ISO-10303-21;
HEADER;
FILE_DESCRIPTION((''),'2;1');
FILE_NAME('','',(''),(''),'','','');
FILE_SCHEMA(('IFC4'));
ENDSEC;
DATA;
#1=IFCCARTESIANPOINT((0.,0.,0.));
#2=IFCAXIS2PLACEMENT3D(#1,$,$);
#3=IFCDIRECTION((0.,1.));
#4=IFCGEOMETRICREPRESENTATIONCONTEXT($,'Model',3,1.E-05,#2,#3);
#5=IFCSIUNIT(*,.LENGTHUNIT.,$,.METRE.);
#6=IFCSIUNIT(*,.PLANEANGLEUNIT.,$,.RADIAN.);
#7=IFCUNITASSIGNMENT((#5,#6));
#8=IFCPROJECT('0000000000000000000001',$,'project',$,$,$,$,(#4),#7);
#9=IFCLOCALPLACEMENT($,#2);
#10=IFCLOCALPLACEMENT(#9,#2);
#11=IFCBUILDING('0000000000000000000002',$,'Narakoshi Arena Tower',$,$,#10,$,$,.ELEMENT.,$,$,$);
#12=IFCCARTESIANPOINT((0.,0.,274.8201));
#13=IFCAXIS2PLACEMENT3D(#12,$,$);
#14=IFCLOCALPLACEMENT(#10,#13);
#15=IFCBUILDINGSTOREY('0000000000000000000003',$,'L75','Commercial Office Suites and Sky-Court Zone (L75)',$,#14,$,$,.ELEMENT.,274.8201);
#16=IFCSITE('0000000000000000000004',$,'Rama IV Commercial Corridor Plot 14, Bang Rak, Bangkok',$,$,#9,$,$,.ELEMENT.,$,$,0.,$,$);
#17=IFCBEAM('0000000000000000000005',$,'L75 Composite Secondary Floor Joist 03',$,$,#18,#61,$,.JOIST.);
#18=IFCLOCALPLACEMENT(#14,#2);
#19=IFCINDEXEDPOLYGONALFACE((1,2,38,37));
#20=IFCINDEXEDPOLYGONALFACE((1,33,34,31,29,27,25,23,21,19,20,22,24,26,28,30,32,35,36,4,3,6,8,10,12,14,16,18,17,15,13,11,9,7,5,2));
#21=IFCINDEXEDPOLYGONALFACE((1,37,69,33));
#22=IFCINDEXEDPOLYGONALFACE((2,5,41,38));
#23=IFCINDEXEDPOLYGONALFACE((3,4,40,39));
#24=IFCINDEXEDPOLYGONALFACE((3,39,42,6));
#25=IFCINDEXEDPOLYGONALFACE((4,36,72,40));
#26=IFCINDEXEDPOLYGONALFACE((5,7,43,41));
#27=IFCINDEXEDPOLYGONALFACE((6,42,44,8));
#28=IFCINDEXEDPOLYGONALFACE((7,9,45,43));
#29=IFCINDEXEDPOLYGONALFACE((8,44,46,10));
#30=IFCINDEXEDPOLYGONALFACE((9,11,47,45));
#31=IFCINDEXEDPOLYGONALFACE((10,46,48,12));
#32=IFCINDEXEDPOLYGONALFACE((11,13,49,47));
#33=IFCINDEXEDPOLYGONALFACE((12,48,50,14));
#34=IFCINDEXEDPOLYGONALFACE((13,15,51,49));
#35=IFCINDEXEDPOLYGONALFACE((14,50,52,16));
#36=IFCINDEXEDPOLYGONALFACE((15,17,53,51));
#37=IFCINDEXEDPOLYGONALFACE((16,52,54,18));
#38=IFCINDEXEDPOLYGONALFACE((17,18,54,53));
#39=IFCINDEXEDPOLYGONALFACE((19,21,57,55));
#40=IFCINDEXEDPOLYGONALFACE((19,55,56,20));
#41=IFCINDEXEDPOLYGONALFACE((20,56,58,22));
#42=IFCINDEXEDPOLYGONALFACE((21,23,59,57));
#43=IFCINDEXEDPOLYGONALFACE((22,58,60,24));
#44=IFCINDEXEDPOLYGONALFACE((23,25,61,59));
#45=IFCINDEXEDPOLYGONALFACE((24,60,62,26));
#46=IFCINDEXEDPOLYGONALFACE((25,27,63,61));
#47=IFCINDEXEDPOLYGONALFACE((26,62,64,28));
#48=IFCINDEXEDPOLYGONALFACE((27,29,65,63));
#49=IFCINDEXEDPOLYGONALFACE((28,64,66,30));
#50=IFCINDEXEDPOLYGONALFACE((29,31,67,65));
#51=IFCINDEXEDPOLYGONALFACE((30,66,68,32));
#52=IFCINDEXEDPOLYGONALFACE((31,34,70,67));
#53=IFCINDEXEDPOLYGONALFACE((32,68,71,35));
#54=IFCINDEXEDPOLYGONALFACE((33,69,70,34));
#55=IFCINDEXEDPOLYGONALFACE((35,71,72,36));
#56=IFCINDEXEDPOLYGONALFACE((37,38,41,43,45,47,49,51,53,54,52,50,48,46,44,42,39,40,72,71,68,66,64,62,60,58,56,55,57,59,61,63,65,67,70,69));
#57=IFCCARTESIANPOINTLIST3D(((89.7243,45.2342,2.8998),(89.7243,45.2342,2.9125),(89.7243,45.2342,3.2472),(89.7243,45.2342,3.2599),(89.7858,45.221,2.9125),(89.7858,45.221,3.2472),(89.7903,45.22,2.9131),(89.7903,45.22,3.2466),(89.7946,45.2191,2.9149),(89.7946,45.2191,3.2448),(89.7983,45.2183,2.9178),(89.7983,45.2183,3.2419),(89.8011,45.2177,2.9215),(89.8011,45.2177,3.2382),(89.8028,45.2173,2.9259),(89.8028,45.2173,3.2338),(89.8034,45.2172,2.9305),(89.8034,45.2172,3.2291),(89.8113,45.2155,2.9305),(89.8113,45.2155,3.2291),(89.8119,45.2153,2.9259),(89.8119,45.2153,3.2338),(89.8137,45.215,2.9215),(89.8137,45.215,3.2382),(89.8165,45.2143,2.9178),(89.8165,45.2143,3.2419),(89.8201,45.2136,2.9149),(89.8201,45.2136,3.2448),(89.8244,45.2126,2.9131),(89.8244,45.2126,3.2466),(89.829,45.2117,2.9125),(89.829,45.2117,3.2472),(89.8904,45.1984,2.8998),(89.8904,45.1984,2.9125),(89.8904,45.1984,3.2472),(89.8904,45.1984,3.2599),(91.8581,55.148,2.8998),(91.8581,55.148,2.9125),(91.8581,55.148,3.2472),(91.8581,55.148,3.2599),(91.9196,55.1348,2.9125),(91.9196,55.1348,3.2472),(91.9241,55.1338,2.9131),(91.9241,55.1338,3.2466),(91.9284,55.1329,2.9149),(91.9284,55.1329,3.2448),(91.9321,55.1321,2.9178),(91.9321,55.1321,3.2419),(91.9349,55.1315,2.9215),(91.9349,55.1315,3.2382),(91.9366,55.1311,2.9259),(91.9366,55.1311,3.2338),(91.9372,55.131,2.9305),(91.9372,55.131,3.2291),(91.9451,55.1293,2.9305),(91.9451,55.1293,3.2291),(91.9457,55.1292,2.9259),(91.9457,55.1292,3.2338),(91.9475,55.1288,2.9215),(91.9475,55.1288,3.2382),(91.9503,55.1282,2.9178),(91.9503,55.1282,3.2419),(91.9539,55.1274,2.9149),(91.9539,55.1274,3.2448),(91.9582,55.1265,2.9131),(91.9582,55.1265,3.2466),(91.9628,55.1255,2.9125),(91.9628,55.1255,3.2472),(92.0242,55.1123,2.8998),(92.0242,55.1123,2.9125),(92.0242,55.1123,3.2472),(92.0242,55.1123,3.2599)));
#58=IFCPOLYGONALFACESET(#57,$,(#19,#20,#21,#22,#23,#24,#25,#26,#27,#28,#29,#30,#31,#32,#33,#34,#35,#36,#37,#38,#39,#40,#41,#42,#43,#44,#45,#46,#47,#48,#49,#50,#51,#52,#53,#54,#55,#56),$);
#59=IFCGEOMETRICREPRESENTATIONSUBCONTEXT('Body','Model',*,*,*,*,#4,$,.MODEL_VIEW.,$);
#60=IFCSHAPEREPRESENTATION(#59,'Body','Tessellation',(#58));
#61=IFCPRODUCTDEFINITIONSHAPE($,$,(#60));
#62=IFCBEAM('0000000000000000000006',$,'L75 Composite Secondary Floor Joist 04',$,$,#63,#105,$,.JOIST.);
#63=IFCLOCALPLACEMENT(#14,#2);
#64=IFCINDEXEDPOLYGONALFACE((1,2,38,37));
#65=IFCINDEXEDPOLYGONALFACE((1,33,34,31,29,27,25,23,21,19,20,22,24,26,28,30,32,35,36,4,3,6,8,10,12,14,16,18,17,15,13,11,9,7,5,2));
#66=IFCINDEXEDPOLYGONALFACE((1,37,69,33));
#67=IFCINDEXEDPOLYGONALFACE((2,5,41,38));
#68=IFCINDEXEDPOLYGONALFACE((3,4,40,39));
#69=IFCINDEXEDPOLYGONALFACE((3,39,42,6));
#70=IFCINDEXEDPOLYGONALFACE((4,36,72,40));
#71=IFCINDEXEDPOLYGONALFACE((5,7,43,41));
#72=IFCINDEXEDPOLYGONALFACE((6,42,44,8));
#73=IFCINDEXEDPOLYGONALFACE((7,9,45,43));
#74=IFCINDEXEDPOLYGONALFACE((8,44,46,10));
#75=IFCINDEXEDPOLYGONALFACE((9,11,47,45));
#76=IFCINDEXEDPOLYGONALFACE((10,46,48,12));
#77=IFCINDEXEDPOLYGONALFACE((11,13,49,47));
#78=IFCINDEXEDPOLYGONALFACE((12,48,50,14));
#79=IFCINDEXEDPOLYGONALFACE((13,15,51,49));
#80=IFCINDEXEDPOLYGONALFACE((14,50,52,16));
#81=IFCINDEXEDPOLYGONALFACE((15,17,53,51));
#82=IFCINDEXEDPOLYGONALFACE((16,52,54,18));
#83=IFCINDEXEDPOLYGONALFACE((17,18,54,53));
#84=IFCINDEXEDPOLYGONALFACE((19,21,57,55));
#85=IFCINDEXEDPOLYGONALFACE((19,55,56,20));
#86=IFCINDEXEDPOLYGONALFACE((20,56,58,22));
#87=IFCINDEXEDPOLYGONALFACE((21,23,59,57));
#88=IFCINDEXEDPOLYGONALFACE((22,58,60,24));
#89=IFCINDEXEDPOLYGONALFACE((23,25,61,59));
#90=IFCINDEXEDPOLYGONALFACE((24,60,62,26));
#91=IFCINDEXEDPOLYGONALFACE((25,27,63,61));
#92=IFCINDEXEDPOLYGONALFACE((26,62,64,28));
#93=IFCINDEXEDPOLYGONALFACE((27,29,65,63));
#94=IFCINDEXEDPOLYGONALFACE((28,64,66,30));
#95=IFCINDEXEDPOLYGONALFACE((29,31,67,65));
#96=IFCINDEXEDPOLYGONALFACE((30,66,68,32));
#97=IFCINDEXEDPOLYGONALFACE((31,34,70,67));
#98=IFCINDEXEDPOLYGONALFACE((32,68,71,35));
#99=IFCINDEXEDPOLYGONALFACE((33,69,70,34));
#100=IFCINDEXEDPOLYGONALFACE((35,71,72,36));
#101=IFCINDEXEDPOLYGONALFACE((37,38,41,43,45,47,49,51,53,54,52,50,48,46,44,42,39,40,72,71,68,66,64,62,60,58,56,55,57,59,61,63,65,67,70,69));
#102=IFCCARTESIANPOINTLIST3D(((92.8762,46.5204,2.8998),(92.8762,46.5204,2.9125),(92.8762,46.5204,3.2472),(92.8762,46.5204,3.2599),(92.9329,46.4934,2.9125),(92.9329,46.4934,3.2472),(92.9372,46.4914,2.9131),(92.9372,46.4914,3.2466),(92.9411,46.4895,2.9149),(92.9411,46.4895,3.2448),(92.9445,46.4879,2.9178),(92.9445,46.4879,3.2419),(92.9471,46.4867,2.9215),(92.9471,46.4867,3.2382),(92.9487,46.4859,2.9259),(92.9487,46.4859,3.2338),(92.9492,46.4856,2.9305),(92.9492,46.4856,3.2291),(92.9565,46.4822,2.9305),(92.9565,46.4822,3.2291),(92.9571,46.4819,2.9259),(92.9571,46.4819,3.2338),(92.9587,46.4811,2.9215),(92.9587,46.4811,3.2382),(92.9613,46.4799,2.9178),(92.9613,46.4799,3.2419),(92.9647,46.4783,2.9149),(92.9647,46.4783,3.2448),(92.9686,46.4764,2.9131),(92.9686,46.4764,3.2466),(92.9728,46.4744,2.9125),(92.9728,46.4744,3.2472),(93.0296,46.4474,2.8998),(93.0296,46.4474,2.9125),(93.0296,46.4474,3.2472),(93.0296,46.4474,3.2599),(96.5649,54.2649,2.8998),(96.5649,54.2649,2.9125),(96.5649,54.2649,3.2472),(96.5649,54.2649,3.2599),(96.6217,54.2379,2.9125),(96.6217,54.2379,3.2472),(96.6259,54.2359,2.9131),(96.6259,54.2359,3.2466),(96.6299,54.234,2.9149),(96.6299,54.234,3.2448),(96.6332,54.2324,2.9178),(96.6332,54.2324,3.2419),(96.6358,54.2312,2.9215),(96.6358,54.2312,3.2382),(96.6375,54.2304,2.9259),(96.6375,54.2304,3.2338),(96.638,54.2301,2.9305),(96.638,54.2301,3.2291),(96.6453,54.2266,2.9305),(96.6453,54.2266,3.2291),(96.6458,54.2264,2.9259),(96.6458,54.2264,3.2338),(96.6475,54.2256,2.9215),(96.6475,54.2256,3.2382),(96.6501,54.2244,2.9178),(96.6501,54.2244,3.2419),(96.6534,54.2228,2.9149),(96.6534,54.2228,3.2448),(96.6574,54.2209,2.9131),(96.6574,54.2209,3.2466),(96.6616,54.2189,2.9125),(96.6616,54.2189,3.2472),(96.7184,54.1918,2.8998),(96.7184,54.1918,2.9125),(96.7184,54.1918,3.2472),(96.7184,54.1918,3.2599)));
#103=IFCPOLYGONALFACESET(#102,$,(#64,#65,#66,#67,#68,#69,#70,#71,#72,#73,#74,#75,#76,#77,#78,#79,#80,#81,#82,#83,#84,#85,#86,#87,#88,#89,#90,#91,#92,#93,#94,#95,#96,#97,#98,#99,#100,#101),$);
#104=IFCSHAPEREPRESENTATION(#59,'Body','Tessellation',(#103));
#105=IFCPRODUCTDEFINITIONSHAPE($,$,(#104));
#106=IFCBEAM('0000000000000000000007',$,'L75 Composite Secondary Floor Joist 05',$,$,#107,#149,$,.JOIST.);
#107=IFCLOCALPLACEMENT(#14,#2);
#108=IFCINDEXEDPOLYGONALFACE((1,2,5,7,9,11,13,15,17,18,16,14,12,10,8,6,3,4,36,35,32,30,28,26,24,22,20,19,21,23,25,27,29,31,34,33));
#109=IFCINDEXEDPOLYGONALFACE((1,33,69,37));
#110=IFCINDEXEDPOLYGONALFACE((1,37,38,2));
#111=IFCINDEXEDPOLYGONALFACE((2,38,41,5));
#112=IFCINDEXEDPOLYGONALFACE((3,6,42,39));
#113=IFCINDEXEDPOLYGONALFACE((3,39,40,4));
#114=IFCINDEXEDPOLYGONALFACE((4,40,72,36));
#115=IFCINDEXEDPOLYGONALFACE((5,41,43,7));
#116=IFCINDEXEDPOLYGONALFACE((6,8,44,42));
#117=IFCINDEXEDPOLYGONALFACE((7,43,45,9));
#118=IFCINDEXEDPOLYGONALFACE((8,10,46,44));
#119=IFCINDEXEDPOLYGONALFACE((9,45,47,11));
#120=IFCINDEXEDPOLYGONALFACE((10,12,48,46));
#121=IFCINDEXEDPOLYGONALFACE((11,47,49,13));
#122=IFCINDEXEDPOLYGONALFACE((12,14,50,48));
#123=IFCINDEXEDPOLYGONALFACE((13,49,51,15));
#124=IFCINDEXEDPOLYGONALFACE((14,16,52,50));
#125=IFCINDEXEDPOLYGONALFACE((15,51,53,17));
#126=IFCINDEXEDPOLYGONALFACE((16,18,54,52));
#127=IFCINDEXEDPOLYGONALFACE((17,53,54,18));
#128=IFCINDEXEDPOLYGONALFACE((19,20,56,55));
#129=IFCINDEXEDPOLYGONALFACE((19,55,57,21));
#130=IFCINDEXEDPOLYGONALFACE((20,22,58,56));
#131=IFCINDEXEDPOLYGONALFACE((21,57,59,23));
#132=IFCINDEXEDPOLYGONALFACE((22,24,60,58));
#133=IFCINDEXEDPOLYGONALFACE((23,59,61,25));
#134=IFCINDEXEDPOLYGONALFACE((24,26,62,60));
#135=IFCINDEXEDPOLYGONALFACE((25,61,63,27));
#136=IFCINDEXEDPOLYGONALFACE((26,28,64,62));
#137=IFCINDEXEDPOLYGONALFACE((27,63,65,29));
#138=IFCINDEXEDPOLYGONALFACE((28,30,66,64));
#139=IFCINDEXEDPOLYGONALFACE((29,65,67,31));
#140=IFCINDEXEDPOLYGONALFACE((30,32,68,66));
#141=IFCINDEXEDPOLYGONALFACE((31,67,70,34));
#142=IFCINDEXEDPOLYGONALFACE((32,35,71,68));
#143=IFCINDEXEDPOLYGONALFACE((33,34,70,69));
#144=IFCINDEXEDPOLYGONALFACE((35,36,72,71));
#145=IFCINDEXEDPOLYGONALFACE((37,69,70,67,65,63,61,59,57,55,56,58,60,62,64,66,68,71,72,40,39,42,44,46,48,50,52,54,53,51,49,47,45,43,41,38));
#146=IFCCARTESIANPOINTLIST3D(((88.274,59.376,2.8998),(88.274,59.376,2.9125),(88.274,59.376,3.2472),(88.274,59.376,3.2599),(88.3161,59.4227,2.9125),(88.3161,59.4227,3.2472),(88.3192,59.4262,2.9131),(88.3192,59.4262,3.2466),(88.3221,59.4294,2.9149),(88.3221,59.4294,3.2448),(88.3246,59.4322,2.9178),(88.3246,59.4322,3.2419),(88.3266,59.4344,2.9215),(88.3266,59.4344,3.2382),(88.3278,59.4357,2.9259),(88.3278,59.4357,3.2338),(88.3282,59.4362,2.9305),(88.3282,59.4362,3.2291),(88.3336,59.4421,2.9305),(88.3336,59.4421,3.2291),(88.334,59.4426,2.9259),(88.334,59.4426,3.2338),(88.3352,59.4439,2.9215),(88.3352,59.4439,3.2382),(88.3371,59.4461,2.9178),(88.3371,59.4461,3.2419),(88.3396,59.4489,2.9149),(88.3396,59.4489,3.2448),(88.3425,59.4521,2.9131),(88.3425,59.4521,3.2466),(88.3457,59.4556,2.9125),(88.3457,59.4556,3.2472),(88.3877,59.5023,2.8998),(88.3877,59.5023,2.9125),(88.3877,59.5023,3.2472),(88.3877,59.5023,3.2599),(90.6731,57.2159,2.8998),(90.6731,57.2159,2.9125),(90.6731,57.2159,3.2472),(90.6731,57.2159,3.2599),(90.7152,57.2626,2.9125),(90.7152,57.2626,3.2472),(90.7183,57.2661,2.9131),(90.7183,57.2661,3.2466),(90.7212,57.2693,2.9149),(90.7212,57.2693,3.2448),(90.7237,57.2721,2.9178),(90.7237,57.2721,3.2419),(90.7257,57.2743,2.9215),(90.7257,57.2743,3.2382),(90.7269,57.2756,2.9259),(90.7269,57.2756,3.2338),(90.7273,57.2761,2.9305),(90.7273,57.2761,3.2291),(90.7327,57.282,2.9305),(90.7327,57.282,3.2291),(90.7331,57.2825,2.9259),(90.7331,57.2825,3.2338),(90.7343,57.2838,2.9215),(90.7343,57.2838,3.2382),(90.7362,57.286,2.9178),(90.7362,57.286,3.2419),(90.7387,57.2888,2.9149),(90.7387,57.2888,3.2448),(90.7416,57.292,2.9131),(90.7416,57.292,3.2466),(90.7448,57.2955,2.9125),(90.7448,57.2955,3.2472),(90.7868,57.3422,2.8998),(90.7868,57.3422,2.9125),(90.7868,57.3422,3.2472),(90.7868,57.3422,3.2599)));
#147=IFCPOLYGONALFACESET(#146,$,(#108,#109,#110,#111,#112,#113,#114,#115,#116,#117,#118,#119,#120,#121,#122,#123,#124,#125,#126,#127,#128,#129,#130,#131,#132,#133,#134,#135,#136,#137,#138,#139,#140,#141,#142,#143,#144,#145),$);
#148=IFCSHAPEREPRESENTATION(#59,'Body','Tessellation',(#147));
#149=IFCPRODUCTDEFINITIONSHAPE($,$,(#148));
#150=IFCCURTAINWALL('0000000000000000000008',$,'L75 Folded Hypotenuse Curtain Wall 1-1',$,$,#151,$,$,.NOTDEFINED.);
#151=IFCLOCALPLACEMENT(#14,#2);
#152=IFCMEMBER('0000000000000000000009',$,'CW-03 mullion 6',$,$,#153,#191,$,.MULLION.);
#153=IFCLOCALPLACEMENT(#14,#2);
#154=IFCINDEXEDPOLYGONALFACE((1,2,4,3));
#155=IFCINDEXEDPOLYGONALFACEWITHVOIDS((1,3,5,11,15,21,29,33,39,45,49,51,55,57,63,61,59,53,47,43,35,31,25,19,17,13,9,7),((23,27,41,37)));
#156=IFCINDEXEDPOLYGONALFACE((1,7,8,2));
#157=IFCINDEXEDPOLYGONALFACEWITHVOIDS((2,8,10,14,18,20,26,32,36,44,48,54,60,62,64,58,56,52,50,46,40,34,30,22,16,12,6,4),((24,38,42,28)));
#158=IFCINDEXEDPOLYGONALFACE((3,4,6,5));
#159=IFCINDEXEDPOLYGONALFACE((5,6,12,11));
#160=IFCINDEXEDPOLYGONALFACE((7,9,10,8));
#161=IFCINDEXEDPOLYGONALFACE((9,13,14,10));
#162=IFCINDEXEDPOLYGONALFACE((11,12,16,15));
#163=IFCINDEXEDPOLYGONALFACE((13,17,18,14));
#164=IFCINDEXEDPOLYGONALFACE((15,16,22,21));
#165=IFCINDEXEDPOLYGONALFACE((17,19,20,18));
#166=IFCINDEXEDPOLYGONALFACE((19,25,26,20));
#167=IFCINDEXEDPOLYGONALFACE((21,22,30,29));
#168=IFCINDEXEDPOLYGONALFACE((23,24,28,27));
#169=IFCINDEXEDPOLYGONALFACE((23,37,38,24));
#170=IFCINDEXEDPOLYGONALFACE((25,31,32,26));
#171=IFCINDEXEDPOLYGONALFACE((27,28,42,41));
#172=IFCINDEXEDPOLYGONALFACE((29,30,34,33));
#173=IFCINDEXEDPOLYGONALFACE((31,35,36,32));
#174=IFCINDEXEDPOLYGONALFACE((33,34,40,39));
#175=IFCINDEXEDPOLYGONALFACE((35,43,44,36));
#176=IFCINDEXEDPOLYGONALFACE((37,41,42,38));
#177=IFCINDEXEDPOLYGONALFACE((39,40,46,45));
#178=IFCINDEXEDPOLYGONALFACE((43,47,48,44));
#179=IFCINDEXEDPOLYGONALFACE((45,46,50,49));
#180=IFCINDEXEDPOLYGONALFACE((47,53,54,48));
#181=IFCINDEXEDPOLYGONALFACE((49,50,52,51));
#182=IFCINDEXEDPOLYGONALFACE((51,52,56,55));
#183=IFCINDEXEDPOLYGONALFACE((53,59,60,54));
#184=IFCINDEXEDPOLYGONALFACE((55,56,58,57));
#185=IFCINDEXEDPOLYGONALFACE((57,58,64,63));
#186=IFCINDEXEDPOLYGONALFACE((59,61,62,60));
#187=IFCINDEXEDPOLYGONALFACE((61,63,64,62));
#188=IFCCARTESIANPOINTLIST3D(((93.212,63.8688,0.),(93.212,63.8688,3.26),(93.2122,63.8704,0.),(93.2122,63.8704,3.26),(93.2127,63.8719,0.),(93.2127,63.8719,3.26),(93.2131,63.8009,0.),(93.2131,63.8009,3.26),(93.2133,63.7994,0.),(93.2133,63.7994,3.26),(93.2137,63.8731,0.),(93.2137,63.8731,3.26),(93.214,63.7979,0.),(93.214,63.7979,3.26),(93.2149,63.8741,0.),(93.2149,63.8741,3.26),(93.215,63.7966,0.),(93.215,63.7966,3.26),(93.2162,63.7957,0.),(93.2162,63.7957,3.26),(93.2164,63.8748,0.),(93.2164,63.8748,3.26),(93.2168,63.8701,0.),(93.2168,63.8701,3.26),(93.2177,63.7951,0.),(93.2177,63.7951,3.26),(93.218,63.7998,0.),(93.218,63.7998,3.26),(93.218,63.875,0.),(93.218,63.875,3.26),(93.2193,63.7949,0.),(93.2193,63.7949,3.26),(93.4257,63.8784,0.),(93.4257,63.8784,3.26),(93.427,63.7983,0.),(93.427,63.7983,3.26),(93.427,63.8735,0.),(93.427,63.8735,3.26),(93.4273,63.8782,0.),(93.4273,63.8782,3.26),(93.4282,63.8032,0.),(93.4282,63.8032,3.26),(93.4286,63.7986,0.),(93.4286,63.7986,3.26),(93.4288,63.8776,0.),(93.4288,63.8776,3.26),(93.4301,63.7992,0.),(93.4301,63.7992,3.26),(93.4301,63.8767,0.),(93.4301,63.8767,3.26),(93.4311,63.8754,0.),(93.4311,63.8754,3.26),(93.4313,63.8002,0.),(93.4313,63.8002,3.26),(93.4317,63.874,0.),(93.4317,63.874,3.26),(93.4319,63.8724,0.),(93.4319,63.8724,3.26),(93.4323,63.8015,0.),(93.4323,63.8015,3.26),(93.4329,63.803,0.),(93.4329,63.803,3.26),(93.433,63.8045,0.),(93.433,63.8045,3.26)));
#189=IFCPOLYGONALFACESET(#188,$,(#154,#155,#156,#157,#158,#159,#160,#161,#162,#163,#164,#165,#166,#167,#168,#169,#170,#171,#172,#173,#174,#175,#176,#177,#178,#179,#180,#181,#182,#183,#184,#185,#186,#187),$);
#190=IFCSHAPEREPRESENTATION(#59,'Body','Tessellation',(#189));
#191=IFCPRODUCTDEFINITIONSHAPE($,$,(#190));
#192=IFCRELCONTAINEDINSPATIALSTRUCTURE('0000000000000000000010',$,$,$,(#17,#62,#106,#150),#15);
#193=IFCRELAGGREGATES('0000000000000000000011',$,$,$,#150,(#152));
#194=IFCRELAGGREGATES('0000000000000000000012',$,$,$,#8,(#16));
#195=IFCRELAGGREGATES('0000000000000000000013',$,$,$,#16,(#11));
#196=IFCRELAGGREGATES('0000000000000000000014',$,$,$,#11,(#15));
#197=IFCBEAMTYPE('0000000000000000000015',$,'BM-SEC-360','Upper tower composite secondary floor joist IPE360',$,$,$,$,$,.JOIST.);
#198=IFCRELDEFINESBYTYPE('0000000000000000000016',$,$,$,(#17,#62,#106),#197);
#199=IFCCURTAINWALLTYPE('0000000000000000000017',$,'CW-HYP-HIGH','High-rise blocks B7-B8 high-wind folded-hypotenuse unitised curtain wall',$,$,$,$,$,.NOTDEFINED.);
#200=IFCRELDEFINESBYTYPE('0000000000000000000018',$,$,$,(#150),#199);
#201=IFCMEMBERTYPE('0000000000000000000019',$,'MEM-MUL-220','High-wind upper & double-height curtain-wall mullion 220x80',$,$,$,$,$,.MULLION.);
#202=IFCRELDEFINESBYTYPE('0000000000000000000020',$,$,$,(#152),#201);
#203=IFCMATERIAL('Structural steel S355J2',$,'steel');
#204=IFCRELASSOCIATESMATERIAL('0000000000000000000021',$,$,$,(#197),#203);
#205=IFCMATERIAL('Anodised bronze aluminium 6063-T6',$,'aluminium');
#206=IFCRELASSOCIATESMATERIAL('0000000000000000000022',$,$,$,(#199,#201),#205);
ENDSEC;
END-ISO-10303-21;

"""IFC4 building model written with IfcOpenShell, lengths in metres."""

from ifc_helpers import new_model, si_unit, direction, frame, origin, origin_2d, place, context, subcontext, project, spatial, hollow_rectangle, i_section, extrude, material, material_profile, profile_set, type_object, element, aggregate, save


model = new_model("IFC4")

# Units and contexts
model_context = context("Model", 3, precision=1e-05, world=origin(), true_north=direction((0.0, 1.0)))
body_context = subcontext(model_context, "Body", "Model", "MODEL_VIEW")
ifc_project = project(units=[si_unit("LENGTHUNIT", "METRE"), si_unit("PLANEANGLEUNIT", "RADIAN")], contexts=[model_context])

# Site, building, storey
site_placement = place(None, origin())
site = spatial("IfcSite", under=ifc_project, at=site_placement, Name="Rama IV Commercial Corridor Plot 14, Bang Rak, Bangkok", CompositionType="ELEMENT", RefElevation=0.0)
building_placement = place(site_placement, origin())
building = spatial("IfcBuilding", under=site, at=building_placement, Name="Narakoshi Arena Tower", CompositionType="ELEMENT")
storey_placement = place(building_placement, frame((0.0, 0.0, 274.8201)))
storey = spatial("IfcBuildingStorey", under=building, at=storey_placement, Name="L75", Description="Commercial Office Suites and Sky-Court Zone (L75)", CompositionType="ELEMENT", Elevation=274.8201)

# Beams
ifc_material_1 = material(Name="Structural steel S355J2", Category="steel")
ifc_material_profile_1 = material_profile(ifc_material_1, i_section(OverallWidth=0.1699, OverallDepth=0.3601, WebThickness=0.0081, FlangeThickness=0.0127, FilletRadius=0.0181, at=origin_2d()), Name="IPE360")
ifc_profile_set_1 = profile_set([ifc_material_profile_1], Name="Structural steel S355J2")
beam_type_1 = type_object("IfcBeamType", Name="BM-SEC-360", Description="Upper tower composite secondary floor joist IPE360", PredefinedType="JOIST", material=ifc_profile_set_1)
beam_1_placement = place(storey_placement, frame((89.8074, 45.2163, 3.0798), z_axis=(0.210415, 0.977612, 0.0), x_axis=(-0.977612, 0.210415, 0.0)))
element("IfcBeam", 1, at=beam_1_placement, inside=storey, type_object=beam_type_1, Name="L75 Composite Secondary Floor Joist 03", PredefinedType="JOIST", context=body_context, shape_type="SweptSolid", body=[
    extrude(i_section(OverallWidth=0.1699, OverallDepth=0.3601, WebThickness=0.0081, FlangeThickness=0.0127, FilletRadius=0.0181, at=origin_2d()), origin(), (0.0, 0.0, 1.0), 10.1409),
])
beam_2_placement = place(storey_placement, frame((92.9529, 46.4839, 3.0798), z_axis=(0.430021, 0.902819, 0.0), x_axis=(-0.902819, 0.430021, 0.0)))
element("IfcBeam", 2, at=beam_2_placement, inside=storey, type_object=beam_type_1, Name="L75 Composite Secondary Floor Joist 04", PredefinedType="JOIST", context=body_context, shape_type="SweptSolid", body=[
    extrude(i_section(OverallWidth=0.1699, OverallDepth=0.3601, WebThickness=0.0081, FlangeThickness=0.0127, FilletRadius=0.0181, at=origin_2d()), origin(), (0.0, 0.0, 1.0), 8.5781),
])
beam_3_placement = place(storey_placement, frame((90.73, 57.2791, 3.0798), z_axis=(-0.743155, 0.669119, 0.0), x_axis=(-0.669119, -0.743155, 0.0)))
element("IfcBeam", 3, at=beam_3_placement, inside=storey, type_object=beam_type_1, Name="L75 Composite Secondary Floor Joist 05", PredefinedType="JOIST", context=body_context, shape_type="SweptSolid", body=[
    extrude(i_section(OverallWidth=0.1699, OverallDepth=0.3601, WebThickness=0.0081, FlangeThickness=0.0127, FilletRadius=0.0181, at=origin_2d()), origin(), (0.0, 0.0, 1.0), 3.2283),
])

# Curtain wall, member
ifc_material_2 = material(Name="Anodised bronze aluminium 6063-T6", Category="aluminium")
curtain_wall_type = type_object("IfcCurtainWallType", Name="CW-HYP-HIGH", Description="High-rise blocks B7-B8 high-wind folded-hypotenuse unitised curtain wall", PredefinedType="NOTDEFINED", material=ifc_material_2)
curtain_wall_placement = place(storey_placement, origin())
curtain_wall = element("IfcCurtainWall", 4, at=curtain_wall_placement, inside=storey, type_object=curtain_wall_type, Name="L75 Folded Hypotenuse Curtain Wall 1-1", PredefinedType="NOTDEFINED")
ifc_material_profile_2 = material_profile(ifc_material_2, hollow_rectangle(XDim=0.0801, YDim=0.22, WallThickness=0.0049, OuterFilletRadius=0.0061, at=origin_2d()), Name="MUL220x80x5")
ifc_profile_set_2 = profile_set([ifc_material_profile_2], Name="Anodised bronze aluminium 6063-T6")
member_type_1 = type_object("IfcMemberType", Name="MEM-MUL-220", Description="High-wind upper & double-height curtain-wall mullion 220x80", PredefinedType="MULLION", material=ifc_profile_set_2)
member_1_placement = place(storey_placement, frame((93.3225, 63.8367, 0.0), z_axis=(0.0, 0.0, 1.0), x_axis=(0.016443, -0.999865, 0.0)))
member_1 = element("IfcMember", 5, at=member_1_placement, type_object=member_type_1, Name="CW-03 mullion 6", PredefinedType="MULLION", context=body_context, shape_type="SweptSolid", body=[
    extrude(hollow_rectangle(XDim=0.0801, YDim=0.22, WallThickness=0.0049, OuterFilletRadius=0.0061, at=origin_2d()), origin(), (0.0, 0.0, 1.0), 3.26),
])
aggregate(curtain_wall, [member_1])

save(model, "model.ifc")
